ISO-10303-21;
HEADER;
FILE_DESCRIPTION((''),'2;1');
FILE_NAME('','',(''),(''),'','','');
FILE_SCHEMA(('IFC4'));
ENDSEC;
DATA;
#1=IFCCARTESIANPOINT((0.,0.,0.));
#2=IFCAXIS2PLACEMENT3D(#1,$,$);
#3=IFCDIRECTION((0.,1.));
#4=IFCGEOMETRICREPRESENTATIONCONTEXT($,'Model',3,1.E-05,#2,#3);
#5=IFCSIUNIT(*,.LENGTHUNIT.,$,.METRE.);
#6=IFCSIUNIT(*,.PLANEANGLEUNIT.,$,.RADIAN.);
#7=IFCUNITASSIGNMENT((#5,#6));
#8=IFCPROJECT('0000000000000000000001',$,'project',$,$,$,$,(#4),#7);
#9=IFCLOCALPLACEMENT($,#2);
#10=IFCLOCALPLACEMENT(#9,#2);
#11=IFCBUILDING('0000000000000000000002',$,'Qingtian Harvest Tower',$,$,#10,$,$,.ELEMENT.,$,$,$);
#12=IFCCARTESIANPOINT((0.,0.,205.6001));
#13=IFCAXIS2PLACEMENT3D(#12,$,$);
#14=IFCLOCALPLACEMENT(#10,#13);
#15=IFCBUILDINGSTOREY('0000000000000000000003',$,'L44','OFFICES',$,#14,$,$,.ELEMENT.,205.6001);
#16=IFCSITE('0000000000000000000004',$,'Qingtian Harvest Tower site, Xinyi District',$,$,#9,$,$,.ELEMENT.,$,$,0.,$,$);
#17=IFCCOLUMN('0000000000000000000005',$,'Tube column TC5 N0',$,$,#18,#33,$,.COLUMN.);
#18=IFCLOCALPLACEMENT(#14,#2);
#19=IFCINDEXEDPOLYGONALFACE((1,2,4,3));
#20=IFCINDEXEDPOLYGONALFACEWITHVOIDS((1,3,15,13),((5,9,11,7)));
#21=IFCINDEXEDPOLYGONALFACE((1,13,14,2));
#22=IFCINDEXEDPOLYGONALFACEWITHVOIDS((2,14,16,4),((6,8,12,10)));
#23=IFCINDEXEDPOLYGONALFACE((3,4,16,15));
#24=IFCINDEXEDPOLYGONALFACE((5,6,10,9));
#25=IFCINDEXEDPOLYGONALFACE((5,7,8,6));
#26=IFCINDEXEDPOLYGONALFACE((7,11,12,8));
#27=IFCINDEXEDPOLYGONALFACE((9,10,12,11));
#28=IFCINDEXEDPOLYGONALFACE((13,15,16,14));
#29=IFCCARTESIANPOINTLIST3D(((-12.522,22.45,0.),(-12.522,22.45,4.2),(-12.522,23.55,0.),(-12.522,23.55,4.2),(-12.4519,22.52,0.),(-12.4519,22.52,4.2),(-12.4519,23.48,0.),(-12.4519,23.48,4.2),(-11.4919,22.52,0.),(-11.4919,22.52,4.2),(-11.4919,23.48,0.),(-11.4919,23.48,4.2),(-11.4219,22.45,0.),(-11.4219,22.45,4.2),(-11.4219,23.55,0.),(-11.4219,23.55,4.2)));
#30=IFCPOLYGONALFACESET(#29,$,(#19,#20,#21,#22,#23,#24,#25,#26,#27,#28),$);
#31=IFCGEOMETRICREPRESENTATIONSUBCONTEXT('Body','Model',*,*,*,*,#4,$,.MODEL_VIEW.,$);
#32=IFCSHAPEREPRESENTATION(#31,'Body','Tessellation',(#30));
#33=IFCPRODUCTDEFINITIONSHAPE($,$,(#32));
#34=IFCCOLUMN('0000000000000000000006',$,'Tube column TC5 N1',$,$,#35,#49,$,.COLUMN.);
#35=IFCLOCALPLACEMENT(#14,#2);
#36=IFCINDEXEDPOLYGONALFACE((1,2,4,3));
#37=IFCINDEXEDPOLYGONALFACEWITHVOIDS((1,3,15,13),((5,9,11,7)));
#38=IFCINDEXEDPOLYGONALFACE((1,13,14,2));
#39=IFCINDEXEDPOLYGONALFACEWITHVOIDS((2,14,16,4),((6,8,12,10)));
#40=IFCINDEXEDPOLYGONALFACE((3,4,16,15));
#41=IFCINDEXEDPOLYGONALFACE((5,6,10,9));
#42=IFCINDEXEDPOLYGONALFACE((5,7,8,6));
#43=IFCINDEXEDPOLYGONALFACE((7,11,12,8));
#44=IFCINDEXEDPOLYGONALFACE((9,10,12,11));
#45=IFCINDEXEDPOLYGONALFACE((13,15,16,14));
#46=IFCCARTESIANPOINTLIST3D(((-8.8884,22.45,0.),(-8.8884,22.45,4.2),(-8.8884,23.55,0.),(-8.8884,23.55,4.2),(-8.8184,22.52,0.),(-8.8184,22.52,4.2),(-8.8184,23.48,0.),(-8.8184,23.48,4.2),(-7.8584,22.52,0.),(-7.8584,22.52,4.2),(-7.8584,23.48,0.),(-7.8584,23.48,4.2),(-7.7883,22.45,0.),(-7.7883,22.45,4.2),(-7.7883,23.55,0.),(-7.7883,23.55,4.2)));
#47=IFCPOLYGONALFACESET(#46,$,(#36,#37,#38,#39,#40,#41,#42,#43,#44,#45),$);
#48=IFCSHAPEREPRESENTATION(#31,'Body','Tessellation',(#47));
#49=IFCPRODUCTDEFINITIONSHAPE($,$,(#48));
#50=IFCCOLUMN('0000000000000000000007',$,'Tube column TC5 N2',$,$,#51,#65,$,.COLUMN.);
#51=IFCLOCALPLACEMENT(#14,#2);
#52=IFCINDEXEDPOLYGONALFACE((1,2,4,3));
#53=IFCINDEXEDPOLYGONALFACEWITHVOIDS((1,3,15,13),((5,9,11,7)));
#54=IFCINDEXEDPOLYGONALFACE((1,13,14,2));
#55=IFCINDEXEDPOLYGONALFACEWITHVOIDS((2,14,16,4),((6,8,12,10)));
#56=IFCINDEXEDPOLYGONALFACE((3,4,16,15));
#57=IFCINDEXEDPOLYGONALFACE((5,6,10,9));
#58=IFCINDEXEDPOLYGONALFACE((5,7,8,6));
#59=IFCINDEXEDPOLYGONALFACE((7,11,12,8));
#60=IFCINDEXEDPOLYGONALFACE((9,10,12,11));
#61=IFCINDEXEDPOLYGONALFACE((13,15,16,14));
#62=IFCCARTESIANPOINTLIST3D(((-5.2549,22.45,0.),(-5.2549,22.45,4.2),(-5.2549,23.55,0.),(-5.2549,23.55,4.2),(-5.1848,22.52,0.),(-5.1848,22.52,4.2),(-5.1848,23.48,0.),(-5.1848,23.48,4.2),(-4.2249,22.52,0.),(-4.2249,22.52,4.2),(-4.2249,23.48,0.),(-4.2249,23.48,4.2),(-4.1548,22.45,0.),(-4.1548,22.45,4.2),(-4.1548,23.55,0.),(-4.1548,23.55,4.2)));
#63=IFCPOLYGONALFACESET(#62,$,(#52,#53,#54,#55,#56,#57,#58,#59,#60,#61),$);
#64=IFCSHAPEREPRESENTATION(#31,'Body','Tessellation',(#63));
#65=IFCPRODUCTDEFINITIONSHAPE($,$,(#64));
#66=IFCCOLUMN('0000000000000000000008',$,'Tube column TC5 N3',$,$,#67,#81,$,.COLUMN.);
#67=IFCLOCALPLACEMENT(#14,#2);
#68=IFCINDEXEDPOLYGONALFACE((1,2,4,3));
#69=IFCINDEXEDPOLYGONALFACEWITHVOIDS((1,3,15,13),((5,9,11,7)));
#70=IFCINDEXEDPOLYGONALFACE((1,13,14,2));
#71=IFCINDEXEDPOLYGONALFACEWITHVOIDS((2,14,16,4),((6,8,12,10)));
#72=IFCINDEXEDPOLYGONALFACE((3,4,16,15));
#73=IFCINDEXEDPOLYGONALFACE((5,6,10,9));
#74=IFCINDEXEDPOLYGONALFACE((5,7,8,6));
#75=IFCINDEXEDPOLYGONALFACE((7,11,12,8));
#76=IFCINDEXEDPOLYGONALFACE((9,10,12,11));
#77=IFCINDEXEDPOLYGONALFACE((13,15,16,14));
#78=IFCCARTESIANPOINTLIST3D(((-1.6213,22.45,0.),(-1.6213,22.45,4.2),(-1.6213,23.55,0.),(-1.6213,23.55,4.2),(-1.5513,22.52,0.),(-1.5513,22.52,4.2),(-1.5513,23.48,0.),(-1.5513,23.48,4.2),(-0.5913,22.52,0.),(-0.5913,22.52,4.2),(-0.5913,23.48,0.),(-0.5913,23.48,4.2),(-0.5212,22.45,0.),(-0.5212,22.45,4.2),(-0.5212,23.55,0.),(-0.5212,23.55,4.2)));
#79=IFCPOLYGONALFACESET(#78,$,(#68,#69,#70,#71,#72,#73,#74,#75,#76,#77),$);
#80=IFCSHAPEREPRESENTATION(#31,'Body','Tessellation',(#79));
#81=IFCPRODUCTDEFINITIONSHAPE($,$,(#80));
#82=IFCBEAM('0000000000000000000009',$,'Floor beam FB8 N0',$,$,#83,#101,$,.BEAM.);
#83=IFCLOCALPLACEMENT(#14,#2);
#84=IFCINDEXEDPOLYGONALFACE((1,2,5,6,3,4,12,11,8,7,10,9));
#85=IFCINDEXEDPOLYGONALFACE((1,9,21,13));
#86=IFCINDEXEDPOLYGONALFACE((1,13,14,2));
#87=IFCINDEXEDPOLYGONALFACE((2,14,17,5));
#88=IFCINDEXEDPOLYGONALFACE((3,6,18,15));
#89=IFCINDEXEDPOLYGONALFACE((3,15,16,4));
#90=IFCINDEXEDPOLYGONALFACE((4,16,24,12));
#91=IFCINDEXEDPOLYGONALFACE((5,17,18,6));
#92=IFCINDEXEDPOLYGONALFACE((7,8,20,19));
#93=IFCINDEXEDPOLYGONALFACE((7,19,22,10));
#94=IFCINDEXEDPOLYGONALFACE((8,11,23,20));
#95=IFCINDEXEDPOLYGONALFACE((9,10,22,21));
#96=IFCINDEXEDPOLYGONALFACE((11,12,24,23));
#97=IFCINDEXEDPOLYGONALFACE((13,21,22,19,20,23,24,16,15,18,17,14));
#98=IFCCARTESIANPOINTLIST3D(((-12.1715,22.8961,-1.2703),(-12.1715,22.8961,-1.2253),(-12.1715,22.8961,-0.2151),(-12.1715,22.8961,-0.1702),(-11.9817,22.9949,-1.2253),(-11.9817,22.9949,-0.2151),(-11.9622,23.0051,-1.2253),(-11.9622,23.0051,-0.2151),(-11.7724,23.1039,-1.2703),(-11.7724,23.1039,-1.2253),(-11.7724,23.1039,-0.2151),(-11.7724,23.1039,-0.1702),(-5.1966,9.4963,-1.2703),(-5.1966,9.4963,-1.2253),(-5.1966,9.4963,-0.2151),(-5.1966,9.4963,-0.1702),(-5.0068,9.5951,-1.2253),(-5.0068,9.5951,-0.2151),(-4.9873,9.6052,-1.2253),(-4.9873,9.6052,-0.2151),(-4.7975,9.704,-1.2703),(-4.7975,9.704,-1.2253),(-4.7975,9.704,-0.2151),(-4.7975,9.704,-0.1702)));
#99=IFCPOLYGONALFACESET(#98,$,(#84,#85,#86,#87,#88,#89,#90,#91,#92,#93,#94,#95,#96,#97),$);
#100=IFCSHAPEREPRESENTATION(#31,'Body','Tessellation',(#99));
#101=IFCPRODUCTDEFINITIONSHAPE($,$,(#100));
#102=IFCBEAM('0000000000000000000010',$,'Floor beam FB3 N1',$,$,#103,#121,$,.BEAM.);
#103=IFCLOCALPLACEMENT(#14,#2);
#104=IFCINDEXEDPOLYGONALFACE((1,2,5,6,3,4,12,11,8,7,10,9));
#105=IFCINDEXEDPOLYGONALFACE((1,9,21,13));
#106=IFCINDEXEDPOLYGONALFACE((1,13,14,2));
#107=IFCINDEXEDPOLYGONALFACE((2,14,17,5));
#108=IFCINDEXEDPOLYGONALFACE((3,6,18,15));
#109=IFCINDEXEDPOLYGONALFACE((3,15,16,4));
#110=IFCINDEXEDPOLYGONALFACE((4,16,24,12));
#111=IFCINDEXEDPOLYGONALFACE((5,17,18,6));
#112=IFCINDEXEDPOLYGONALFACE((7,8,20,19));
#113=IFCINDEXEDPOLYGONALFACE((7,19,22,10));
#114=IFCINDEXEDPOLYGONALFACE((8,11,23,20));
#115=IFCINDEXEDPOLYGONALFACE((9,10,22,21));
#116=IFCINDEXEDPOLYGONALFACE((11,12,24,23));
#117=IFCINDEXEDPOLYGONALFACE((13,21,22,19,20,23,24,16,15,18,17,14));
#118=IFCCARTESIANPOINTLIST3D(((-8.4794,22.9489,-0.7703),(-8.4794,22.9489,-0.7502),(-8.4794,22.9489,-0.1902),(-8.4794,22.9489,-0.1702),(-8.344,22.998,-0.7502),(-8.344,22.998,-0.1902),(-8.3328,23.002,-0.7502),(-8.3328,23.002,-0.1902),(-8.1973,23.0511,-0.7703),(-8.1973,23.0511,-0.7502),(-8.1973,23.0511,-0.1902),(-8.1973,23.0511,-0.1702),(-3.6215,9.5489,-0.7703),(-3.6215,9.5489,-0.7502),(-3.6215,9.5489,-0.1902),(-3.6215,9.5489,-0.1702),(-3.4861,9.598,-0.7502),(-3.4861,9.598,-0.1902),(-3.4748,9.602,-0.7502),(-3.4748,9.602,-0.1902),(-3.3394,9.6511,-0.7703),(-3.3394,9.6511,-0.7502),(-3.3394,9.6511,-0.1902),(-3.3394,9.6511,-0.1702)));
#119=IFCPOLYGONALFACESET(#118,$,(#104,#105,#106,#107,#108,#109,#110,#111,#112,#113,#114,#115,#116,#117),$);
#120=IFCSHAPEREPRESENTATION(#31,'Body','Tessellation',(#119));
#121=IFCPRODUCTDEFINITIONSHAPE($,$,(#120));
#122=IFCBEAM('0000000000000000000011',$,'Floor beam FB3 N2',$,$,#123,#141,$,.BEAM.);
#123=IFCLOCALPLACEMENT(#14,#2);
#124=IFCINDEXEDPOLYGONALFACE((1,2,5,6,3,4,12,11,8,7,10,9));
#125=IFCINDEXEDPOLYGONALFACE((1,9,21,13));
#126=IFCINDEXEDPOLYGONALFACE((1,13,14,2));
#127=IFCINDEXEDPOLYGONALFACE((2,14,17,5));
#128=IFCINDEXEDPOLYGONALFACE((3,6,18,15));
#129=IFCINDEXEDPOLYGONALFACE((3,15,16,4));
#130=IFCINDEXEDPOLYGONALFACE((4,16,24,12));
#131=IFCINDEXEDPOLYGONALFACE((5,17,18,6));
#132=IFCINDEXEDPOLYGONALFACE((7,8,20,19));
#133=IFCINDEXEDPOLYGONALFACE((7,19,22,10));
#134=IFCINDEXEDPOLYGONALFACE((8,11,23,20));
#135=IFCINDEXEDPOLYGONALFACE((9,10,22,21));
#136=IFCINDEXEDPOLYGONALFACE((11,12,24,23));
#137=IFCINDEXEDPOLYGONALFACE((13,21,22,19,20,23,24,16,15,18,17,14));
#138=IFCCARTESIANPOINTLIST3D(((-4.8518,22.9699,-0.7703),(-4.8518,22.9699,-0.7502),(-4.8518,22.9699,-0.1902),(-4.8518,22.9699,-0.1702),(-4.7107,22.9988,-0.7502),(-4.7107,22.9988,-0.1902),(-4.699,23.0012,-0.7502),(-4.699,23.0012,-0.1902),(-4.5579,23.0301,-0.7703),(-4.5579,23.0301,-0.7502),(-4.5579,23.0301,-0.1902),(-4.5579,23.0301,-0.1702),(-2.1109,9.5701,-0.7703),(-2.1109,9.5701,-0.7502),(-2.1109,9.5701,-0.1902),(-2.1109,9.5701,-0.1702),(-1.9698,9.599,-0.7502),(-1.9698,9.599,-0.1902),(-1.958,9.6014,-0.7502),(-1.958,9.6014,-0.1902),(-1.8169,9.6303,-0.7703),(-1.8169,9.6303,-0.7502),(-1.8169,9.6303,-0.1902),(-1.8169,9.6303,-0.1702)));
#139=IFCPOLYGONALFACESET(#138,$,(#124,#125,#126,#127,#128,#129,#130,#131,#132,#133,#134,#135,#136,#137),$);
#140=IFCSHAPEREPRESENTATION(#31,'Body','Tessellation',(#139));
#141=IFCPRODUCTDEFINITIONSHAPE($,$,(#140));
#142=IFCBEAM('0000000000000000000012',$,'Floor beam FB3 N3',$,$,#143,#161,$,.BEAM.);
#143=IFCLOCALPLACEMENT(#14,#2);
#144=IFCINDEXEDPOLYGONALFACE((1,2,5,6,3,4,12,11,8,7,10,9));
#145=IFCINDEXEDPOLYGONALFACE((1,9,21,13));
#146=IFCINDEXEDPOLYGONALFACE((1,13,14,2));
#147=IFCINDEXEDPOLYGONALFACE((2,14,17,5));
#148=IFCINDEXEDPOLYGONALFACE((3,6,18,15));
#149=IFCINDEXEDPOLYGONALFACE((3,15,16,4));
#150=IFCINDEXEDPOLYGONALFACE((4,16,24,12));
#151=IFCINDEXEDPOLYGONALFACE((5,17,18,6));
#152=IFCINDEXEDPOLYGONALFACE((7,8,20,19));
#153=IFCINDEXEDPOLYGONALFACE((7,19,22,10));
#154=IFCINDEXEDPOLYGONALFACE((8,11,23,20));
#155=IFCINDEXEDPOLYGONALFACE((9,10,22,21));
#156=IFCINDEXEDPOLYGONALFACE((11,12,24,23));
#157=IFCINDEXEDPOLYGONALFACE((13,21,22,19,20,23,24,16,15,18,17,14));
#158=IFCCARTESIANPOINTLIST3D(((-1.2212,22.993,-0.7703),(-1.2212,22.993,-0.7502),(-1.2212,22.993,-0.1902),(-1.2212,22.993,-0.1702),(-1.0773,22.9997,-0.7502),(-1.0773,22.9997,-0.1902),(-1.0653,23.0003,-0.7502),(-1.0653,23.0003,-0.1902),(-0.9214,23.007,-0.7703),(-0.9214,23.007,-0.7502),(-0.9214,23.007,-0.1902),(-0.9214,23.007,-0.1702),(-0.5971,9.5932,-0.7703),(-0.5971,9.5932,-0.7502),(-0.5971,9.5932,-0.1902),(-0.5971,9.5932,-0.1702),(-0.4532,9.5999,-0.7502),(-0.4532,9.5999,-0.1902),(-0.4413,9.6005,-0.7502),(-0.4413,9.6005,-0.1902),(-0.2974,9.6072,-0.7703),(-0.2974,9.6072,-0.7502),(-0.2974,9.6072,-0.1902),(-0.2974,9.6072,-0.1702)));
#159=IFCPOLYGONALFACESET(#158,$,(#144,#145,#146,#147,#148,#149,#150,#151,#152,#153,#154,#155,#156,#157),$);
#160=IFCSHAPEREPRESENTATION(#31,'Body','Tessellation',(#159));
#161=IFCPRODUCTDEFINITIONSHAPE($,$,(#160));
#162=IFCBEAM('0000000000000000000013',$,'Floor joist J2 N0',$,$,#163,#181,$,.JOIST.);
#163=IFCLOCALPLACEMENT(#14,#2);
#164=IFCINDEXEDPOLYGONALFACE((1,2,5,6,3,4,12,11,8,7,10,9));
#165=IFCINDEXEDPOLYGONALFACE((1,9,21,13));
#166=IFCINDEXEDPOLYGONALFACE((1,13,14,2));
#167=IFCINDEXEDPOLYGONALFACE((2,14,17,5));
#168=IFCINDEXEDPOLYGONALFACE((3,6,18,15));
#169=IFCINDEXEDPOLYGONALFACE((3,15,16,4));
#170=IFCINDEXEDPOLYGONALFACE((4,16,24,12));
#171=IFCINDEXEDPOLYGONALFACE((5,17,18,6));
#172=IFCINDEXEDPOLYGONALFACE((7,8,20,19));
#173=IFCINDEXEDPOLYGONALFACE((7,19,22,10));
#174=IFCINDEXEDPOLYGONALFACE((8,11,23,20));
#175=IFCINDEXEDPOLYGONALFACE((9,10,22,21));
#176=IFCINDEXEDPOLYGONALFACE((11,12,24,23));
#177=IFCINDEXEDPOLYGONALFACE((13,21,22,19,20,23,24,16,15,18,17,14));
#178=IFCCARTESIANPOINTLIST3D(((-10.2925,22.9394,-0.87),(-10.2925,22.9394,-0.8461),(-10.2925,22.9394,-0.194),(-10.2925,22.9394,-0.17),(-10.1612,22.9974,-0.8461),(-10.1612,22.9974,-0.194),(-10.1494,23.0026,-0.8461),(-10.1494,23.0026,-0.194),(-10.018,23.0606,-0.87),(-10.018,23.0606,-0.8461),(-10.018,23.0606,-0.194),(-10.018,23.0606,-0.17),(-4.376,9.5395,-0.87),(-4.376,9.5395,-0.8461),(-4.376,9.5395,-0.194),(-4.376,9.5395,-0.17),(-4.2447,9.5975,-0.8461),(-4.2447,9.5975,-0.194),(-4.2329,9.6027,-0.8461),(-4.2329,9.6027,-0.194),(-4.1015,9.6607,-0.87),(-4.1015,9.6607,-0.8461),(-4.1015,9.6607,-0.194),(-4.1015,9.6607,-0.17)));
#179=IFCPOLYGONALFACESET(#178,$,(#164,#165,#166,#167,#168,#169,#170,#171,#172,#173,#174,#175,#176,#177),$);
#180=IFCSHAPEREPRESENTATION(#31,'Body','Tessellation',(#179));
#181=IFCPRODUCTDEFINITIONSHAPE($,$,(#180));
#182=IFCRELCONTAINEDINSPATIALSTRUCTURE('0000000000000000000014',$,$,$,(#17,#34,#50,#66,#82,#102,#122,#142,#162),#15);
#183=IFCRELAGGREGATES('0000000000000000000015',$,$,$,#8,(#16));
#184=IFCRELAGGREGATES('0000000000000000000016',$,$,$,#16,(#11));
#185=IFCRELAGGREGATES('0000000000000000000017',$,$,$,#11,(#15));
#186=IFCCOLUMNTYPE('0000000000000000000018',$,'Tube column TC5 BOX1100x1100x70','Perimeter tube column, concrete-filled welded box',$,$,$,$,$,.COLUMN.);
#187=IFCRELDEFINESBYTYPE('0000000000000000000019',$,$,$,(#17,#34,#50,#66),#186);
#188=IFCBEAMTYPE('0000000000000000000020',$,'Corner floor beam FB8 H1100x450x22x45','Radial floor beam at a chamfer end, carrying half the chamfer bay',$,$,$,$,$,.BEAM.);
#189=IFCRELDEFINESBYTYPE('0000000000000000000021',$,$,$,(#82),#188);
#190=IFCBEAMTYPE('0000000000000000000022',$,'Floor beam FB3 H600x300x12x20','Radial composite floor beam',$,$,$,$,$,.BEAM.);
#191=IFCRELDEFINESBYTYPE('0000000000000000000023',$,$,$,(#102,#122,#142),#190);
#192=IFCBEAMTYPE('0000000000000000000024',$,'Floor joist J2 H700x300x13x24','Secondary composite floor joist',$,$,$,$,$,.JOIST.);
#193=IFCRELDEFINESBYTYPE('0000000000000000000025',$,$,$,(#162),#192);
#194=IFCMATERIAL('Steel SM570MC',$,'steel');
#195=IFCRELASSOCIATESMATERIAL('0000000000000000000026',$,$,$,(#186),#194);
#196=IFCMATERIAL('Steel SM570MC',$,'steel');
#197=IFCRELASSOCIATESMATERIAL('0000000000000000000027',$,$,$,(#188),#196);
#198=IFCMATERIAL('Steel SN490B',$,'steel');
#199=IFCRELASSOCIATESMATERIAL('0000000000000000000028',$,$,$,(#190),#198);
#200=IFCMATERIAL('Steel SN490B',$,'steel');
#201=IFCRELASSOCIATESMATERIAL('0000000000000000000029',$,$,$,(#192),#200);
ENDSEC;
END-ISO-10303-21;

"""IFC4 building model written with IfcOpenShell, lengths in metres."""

from ifc_helpers import new_model, si_unit, direction, frame, origin, origin_2d, place, context, subcontext, project, spatial, hollow_rectangle, i_section, extrude, material, material_profile, profile_set, type_object, element, save


model = new_model("IFC4")

# Units and contexts
model_context = context("Model", 3, precision=1e-05, world=origin(), true_north=direction((0.0, 1.0)))
body_context = subcontext(model_context, "Body", "Model", "MODEL_VIEW")
ifc_project = project(units=[si_unit("LENGTHUNIT", "METRE"), si_unit("PLANEANGLEUNIT", "RADIAN")], contexts=[model_context])

# Site, building, storey
site_placement = place(None, origin())
site = spatial("IfcSite", under=ifc_project, at=site_placement, Name="Qingtian Harvest Tower site, Xinyi District", CompositionType="ELEMENT", RefElevation=0.0)
building_placement = place(site_placement, origin())
building = spatial("IfcBuilding", under=site, at=building_placement, Name="Qingtian Harvest Tower", CompositionType="ELEMENT")
storey_placement = place(building_placement, frame((0.0, 0.0, 205.6001)))
storey = spatial("IfcBuildingStorey", under=building, at=storey_placement, Name="L44", Description="OFFICES", CompositionType="ELEMENT", Elevation=205.6001)

# Columns
ifc_material_1 = material(Name="Steel SM570MC", Category="steel")
ifc_material_profile_1 = material_profile(ifc_material_1, hollow_rectangle(XDim=1.1001, YDim=1.1001, WallThickness=0.0701, at=origin_2d()), Name="BOX1100x1100x70")
ifc_profile_set_1 = profile_set([ifc_material_profile_1], Name="Steel SM570MC")
column_type = type_object("IfcColumnType", Name="Tube column TC5 BOX1100x1100x70", Description="Perimeter tube column, concrete-filled welded box", PredefinedType="COLUMN", material=ifc_profile_set_1)
for number, where, z_axis, x_axis, name in (
    (1, (-11.9719, 23.0, 0.0), (0.0, 0.0, 1.0), (-1.0, 0.0, 0.0), "Tube column TC5 N0"),
    (2, (-8.3384, 23.0, 0.0), (0.0, 0.0, 1.0), (-1.0, 0.0, 0.0), "Tube column TC5 N1"),
    (3, (-4.7048, 23.0, 0.0), (0.0, 0.0, 1.0), (-1.0, 0.0, 0.0), "Tube column TC5 N2"),
    (4, (-1.0713, 23.0, 0.0), (0.0, 0.0, 1.0), (-1.0, 0.0, 0.0), "Tube column TC5 N3"),
):
    element("IfcColumn", number, at=place(storey_placement, frame(where, z_axis=z_axis, x_axis=x_axis)), inside=storey, type_object=column_type, Name=name, PredefinedType="COLUMN", context=body_context, shape_type="SweptSolid", body=[
        extrude(hollow_rectangle(XDim=1.1001, YDim=1.1001, WallThickness=0.0701, at=origin_2d()), origin(), (0.0, 0.0, 1.0), 4.2),
    ])

# Beams
ifc_material_2 = material(Name="Steel SM570MC", Category="steel")
ifc_material_profile_2 = material_profile(ifc_material_2, i_section(OverallWidth=0.45, OverallDepth=1.1001, WebThickness=0.022, FlangeThickness=0.0449, at=origin_2d()), Name="H1100x450x22x45")
ifc_profile_set_2 = profile_set([ifc_material_profile_2], Name="Steel SM570MC")
beam_type_1 = type_object("IfcBeamType", Name="Corner floor beam FB8 H1100x450x22x45", Description="Radial floor beam at a chamfer end, carrying half the chamfer bay", PredefinedType="BEAM", material=ifc_profile_set_2)
beam_1_placement = place(storey_placement, frame((-11.9719, 23.0, -0.7202), z_axis=(0.461712, -0.88703, 0.0), x_axis=(0.88703, 0.461712, 0.0)))
element("IfcBeam", 5, at=beam_1_placement, inside=storey, type_object=beam_type_1, Name="Floor beam FB8 N0", PredefinedType="BEAM", context=body_context, shape_type="SweptSolid", body=[
    extrude(i_section(OverallWidth=0.45, OverallDepth=1.1001, WebThickness=0.022, FlangeThickness=0.0449, at=origin_2d()), origin(), (0.0, 0.0, 1.0), 15.1064),
])
ifc_material_3 = material(Name="Steel SN490B", Category="steel")
ifc_material_profile_3 = material_profile(ifc_material_3, i_section(OverallWidth=0.3, OverallDepth=0.6001, WebThickness=0.012, FlangeThickness=0.02, at=origin_2d()), Name="H600x300x12x20")
ifc_profile_set_3 = profile_set([ifc_material_profile_3], Name="Steel SN490B")
beam_type_2 = type_object("IfcBeamType", Name="Floor beam FB3 H600x300x12x20", Description="Radial composite floor beam", PredefinedType="BEAM", material=ifc_profile_set_3)
beam_2_placement = place(storey_placement, frame((-8.3384, 23.0, -0.4702), z_axis=(0.340827, -0.940126, 0.0), x_axis=(0.940126, 0.340827, 0.0)))
element("IfcBeam", 6, at=beam_2_placement, inside=storey, type_object=beam_type_2, Name="Floor beam FB3 N1", PredefinedType="BEAM", context=body_context, shape_type="SweptSolid", body=[
    extrude(i_section(OverallWidth=0.3, OverallDepth=0.6001, WebThickness=0.012, FlangeThickness=0.02, at=origin_2d()), origin(), (0.0, 0.0, 1.0), 14.2534),
])
beam_3_placement = place(storey_placement, frame((-4.7048, 23.0, -0.4702), z_axis=(0.200402, -0.979714, 0.0), x_axis=(0.979714, 0.200402, 0.0)))
element("IfcBeam", 7, at=beam_3_placement, inside=storey, type_object=beam_type_2, Name="Floor beam FB3 N2", PredefinedType="BEAM", context=body_context, shape_type="SweptSolid", body=[
    extrude(i_section(OverallWidth=0.3, OverallDepth=0.6001, WebThickness=0.012, FlangeThickness=0.02, at=origin_2d()), origin(), (0.0, 0.0, 1.0), 13.6772),
])
beam_4_placement = place(storey_placement, frame((-1.0713, 23.0, -0.4702), z_axis=(0.046519, -0.998917, 0.0), x_axis=(0.998917, 0.046519, 0.0)))
element("IfcBeam", 8, at=beam_4_placement, inside=storey, type_object=beam_type_2, Name="Floor beam FB3 N3", PredefinedType="BEAM", context=body_context, shape_type="SweptSolid", body=[
    extrude(i_section(OverallWidth=0.3, OverallDepth=0.6001, WebThickness=0.012, FlangeThickness=0.02, at=origin_2d()), origin(), (0.0, 0.0, 1.0), 13.4143),
])
ifc_material_4 = material(Name="Steel SN490B", Category="steel")
ifc_material_profile_4 = material_profile(ifc_material_4, i_section(OverallWidth=0.3, OverallDepth=0.7, WebThickness=0.0129, FlangeThickness=0.0239, at=origin_2d()), Name="H700x300x13x24")
ifc_profile_set_4 = profile_set([ifc_material_profile_4], Name="Steel SN490B")
beam_type_3 = type_object("IfcBeamType", Name="Floor joist J2 H700x300x13x24", Description="Secondary composite floor joist", PredefinedType="JOIST", material=ifc_profile_set_4)
beam_5_placement = place(storey_placement, frame((-10.1553, 23.0, -0.52), z_axis=(0.403913, -0.914797, 0.0), x_axis=(0.914797, 0.403913, 0.0)))
element("IfcBeam", 9, at=beam_5_placement, inside=storey, type_object=beam_type_3, Name="Floor joist J2 N0", PredefinedType="JOIST", context=body_context, shape_type="SweptSolid", body=[
    extrude(i_section(OverallWidth=0.3, OverallDepth=0.7, WebThickness=0.0129, FlangeThickness=0.0239, at=origin_2d()), origin(), (0.0, 0.0, 1.0), 14.6479),
])

save(model, "model.ifc")
